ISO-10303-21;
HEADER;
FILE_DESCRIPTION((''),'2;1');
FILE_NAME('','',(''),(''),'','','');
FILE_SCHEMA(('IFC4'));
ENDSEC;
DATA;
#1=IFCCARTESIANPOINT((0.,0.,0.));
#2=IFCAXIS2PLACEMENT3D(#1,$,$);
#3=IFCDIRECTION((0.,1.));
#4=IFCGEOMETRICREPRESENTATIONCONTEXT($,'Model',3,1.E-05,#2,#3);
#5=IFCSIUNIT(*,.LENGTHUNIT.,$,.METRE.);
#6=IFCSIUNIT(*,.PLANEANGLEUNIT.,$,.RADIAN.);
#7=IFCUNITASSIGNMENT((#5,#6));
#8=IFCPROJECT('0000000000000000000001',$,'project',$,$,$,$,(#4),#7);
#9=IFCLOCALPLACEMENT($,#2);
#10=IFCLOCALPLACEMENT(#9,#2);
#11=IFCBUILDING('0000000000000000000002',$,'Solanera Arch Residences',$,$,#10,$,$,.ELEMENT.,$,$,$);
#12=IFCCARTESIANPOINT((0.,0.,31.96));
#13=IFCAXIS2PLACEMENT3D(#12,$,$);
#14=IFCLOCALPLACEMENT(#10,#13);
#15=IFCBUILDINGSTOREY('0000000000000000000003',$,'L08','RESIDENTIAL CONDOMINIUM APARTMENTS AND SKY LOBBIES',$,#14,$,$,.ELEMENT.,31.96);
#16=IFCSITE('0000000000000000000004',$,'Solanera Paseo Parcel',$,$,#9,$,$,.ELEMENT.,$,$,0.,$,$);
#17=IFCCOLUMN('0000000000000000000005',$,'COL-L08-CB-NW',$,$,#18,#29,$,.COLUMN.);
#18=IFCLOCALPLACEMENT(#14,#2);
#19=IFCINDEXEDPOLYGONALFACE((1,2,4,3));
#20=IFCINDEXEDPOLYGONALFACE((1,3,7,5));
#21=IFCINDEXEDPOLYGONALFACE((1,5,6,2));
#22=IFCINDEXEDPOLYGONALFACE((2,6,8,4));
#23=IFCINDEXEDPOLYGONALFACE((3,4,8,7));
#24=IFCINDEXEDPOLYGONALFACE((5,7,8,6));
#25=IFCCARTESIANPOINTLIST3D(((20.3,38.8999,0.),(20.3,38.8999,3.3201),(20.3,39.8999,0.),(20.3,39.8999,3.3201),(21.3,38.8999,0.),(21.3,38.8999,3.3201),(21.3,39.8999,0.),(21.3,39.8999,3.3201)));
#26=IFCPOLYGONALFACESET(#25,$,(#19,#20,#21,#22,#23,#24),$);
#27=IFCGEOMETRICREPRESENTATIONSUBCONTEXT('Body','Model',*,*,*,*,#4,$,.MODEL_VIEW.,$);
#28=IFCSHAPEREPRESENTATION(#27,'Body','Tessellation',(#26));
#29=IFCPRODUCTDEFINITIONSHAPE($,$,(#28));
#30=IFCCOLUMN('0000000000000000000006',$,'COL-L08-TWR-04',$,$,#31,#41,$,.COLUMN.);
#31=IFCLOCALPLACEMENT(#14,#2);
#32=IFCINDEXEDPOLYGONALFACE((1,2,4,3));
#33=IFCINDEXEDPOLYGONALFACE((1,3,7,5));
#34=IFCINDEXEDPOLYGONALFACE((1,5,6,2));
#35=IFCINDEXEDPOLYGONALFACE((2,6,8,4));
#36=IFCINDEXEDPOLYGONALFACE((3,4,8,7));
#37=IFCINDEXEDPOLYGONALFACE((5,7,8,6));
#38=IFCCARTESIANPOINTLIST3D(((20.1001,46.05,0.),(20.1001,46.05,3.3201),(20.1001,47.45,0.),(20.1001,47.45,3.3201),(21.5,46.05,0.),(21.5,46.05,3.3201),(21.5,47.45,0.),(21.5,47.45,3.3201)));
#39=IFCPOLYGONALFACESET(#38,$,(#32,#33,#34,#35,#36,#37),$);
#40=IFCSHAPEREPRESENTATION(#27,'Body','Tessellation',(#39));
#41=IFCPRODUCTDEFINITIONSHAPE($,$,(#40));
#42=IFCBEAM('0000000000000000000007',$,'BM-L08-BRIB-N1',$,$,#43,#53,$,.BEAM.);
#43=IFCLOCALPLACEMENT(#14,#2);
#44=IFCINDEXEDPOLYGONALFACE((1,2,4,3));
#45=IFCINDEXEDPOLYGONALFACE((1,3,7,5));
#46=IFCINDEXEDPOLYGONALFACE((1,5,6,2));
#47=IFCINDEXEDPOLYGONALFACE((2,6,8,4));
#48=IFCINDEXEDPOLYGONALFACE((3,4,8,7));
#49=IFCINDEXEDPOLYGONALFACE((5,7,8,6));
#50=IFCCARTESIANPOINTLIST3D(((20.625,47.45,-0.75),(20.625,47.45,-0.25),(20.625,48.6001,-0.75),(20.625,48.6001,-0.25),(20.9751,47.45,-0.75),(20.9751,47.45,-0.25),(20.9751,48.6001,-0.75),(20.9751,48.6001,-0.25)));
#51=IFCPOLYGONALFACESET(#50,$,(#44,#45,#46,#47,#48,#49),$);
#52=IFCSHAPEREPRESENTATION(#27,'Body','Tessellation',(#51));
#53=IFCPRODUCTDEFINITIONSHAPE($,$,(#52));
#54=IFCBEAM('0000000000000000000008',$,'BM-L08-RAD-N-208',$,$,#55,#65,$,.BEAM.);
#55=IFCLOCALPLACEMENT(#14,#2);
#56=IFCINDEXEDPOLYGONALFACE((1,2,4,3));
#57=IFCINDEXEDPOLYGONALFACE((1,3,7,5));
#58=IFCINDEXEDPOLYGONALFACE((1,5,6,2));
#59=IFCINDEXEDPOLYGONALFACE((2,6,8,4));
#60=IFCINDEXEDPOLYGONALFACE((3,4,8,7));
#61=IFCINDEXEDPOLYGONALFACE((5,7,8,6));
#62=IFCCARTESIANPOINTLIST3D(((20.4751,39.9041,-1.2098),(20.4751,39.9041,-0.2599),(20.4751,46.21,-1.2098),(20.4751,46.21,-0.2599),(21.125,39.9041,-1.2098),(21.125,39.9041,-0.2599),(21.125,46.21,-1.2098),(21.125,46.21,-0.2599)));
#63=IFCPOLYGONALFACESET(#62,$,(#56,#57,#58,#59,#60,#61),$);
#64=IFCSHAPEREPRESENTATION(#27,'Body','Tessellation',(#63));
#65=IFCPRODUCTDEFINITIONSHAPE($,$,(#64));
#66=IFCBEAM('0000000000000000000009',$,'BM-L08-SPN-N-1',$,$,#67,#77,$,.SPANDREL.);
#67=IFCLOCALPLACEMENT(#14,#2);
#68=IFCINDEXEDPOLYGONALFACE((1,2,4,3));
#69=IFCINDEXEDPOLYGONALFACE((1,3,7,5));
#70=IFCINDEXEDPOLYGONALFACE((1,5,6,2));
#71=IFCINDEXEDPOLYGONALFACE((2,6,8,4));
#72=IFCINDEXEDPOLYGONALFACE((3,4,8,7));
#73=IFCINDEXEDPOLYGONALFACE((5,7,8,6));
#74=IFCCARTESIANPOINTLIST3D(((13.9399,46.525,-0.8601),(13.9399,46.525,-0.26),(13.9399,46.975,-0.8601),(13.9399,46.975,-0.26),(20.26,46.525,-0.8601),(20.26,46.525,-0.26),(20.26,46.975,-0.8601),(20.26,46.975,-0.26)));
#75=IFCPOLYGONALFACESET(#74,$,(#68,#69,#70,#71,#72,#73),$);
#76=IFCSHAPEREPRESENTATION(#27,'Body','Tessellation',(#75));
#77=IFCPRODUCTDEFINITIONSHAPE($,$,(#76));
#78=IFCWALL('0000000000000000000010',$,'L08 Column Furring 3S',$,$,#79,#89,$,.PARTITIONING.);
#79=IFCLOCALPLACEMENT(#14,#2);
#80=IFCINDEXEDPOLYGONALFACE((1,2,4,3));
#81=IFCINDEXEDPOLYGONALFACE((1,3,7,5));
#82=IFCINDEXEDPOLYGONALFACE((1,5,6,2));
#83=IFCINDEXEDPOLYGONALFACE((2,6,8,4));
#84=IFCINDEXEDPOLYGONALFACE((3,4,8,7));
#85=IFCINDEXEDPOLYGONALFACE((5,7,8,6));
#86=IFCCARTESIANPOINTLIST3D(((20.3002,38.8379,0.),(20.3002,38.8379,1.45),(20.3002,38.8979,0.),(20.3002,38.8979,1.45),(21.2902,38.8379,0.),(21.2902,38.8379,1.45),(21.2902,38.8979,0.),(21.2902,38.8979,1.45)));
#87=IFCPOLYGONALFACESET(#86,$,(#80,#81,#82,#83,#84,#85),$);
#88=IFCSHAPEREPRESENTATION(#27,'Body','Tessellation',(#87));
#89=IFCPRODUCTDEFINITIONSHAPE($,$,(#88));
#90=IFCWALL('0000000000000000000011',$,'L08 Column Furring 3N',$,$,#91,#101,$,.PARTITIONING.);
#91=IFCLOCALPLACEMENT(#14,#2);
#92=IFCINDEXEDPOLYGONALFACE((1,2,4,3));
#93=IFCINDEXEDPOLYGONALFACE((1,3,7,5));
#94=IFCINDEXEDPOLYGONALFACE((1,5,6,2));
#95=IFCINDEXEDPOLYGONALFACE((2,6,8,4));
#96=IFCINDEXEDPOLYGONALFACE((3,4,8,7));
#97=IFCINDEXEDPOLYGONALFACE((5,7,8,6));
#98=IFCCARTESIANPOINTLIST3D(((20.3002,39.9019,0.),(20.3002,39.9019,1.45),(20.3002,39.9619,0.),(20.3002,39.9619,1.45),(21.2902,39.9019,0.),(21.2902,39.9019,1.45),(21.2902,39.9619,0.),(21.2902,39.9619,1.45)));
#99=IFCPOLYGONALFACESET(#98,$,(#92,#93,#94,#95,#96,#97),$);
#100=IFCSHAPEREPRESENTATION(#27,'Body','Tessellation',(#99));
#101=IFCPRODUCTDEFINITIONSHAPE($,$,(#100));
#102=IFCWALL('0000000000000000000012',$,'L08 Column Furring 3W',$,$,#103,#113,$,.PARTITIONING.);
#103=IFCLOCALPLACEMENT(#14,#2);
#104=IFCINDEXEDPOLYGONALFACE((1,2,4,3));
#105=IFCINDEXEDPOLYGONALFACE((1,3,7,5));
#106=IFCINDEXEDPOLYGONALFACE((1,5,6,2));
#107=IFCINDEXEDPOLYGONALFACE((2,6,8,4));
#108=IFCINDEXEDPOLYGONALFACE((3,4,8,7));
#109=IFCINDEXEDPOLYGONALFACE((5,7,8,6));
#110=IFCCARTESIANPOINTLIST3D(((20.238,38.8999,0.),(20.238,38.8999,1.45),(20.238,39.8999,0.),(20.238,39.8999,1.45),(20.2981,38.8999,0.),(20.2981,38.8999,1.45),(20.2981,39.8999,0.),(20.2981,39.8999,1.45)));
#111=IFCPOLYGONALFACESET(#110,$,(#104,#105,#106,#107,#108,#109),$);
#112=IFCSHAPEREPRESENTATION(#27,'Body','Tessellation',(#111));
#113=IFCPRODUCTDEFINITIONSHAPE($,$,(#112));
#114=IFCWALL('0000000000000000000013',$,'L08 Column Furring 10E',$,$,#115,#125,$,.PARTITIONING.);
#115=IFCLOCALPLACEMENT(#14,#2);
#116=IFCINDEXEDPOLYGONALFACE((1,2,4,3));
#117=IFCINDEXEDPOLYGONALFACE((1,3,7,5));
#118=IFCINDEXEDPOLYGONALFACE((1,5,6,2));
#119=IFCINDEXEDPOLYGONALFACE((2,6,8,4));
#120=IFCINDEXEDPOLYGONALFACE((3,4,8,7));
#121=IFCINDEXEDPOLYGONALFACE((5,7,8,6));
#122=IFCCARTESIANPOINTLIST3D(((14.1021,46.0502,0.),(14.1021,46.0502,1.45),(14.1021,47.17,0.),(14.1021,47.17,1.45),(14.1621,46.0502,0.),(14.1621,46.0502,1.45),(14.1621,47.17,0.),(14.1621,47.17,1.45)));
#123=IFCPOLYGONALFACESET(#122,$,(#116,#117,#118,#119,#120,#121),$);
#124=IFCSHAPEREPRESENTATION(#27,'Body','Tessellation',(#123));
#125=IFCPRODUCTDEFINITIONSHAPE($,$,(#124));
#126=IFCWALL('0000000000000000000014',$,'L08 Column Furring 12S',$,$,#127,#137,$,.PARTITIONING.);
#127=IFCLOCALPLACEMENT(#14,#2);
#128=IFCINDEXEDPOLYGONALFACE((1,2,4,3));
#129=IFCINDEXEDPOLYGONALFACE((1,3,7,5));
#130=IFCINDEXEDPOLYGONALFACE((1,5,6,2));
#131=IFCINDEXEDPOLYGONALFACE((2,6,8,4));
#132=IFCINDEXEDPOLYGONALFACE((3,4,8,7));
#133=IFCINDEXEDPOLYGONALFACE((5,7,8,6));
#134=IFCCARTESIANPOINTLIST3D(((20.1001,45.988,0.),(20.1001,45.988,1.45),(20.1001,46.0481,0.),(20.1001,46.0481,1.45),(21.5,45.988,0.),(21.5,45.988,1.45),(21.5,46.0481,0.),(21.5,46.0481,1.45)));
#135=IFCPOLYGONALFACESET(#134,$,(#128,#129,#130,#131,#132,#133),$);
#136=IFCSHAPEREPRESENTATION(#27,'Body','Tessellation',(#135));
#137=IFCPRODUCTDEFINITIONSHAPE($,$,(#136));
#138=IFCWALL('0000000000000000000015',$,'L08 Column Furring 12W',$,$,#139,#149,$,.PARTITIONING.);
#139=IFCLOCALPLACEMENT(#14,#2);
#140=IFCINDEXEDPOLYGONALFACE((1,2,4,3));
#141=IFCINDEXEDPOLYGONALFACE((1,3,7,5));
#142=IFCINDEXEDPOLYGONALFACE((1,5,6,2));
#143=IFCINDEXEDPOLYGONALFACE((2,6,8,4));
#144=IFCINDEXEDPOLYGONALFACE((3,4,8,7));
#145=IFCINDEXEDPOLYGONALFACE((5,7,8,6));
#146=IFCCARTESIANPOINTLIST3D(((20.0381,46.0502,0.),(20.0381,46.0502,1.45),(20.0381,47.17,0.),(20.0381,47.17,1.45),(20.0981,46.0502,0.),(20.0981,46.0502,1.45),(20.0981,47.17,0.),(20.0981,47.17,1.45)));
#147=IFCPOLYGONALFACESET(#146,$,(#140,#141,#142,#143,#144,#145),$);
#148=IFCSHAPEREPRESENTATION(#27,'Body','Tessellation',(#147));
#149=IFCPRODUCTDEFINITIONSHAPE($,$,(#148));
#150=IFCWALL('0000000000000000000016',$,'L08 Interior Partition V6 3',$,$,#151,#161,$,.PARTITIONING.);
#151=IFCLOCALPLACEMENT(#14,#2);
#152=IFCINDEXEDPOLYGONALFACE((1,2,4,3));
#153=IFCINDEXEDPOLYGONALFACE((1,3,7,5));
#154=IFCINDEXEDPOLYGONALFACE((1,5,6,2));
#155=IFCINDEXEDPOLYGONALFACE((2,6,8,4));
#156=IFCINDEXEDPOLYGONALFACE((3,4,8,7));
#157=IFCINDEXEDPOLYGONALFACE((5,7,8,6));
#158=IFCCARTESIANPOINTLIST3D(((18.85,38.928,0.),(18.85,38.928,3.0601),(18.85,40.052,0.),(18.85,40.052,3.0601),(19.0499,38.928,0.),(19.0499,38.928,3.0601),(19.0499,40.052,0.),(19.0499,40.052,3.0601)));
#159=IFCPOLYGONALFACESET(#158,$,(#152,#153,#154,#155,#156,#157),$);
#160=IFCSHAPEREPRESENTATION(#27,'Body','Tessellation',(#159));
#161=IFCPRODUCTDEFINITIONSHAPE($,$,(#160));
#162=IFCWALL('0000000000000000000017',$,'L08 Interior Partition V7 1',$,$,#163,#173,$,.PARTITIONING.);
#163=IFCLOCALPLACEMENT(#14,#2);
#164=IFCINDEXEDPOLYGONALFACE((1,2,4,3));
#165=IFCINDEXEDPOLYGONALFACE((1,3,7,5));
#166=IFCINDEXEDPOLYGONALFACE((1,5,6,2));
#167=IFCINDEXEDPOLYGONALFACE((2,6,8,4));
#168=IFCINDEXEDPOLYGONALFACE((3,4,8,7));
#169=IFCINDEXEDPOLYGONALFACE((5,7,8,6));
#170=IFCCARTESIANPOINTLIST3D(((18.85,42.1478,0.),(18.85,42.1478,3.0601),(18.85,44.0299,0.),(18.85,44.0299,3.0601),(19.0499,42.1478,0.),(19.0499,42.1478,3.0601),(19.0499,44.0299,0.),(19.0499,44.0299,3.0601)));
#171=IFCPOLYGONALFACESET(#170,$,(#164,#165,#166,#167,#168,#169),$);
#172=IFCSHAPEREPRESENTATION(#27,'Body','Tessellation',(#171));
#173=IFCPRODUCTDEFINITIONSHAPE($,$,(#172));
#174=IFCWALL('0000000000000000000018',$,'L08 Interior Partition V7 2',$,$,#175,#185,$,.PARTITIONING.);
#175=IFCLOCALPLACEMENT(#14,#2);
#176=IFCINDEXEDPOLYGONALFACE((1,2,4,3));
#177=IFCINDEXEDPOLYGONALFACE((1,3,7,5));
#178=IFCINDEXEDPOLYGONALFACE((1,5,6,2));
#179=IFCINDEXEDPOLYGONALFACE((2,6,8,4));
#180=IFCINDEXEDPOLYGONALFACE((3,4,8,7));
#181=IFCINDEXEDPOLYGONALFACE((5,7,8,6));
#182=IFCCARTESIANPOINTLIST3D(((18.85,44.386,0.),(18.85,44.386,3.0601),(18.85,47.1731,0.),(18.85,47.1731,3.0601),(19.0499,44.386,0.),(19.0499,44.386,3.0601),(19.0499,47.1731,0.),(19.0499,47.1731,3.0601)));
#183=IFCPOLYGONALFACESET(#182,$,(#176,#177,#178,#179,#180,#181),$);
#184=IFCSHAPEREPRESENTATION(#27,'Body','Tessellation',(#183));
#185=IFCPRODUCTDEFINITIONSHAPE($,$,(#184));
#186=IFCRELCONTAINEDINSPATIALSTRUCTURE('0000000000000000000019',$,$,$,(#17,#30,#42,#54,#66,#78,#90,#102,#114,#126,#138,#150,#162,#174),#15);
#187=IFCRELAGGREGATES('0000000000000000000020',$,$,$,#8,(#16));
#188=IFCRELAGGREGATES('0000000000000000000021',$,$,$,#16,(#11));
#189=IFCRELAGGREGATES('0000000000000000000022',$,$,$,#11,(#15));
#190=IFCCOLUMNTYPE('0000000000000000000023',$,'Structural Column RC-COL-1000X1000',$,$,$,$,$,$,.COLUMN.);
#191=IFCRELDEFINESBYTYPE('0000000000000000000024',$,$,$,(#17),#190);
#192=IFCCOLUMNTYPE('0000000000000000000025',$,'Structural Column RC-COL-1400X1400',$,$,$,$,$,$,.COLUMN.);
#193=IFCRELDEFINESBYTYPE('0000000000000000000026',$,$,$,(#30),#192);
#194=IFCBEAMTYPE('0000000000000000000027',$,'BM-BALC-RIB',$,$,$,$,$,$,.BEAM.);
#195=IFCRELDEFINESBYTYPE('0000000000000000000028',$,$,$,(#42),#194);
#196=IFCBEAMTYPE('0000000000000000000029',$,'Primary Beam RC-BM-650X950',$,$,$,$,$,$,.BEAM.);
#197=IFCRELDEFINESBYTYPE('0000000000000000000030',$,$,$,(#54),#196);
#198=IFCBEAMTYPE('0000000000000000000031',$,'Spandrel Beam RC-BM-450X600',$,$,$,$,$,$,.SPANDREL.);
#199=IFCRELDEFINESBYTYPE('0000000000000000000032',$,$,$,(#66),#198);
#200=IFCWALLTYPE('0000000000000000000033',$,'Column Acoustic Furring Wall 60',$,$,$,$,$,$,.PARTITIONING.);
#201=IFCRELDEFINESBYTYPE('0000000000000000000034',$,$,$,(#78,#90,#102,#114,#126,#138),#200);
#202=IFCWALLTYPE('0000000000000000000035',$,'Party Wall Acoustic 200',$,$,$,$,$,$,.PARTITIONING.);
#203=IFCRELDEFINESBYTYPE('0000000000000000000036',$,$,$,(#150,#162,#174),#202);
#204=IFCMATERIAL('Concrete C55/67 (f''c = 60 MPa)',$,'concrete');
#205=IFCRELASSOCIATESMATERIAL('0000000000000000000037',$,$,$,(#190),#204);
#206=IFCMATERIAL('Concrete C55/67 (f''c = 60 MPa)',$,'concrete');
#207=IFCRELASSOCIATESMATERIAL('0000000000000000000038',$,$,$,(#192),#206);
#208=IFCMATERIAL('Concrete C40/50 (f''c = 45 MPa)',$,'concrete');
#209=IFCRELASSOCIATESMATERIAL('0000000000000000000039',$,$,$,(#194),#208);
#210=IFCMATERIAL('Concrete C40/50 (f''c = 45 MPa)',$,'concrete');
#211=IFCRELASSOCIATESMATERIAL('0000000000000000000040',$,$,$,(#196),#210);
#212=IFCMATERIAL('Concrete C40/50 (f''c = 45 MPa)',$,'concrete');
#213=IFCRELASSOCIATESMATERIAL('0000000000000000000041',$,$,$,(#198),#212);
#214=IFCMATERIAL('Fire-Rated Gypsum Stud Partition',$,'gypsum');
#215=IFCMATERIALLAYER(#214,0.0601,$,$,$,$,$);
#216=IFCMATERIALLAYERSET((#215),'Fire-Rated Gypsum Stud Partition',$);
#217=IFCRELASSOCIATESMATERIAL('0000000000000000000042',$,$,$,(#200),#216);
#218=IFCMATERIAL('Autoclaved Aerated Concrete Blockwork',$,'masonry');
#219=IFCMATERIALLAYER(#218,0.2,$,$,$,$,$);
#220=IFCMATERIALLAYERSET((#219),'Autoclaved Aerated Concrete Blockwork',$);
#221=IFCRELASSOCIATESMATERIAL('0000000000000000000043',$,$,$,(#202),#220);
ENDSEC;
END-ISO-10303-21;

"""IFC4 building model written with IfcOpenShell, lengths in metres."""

from ifc_helpers import new_model, si_unit, direction, frame, frame_2d, origin, origin_2d, place, context, subcontext, project, spatial, rectangle, extrude, material, layer, layer_set, material_profile, profile_set, type_object, element, save


model = new_model("IFC4")

# Units and contexts
model_context = context("Model", 3, precision=1e-05, world=origin(), true_north=direction((0.0, 1.0)))
body_context = subcontext(model_context, "Body", "Model", "MODEL_VIEW")
ifc_project = project(units=[si_unit("LENGTHUNIT", "METRE"), si_unit("PLANEANGLEUNIT", "RADIAN")], contexts=[model_context])

# Site, building, storey
site_placement = place(None, origin())
site = spatial("IfcSite", under=ifc_project, at=site_placement, Name="Solanera Paseo Parcel", CompositionType="ELEMENT", RefElevation=0.0)
building_placement = place(site_placement, origin())
building = spatial("IfcBuilding", under=site, at=building_placement, Name="Solanera Arch Residences", CompositionType="ELEMENT")
storey_placement = place(building_placement, frame((0.0, 0.0, 31.96)))
storey = spatial("IfcBuildingStorey", under=building, at=storey_placement, Name="L08", Description="RESIDENTIAL CONDOMINIUM APARTMENTS AND SKY LOBBIES", CompositionType="ELEMENT", Elevation=31.96)

# Columns
ifc_material_1 = material(Name="Concrete C55/67 (f'c = 60 MPa)", Category="concrete")
ifc_material_profile_1 = material_profile(ifc_material_1, rectangle(XDim=1.0, YDim=1.0, at=origin_2d()))
ifc_profile_set_1 = profile_set([ifc_material_profile_1], Name="Concrete C55/67 (f'c = 60 MPa)")
column_type_1 = type_object("IfcColumnType", Name="Structural Column RC-COL-1000X1000", PredefinedType="COLUMN", material=ifc_profile_set_1)
column_1_placement = place(storey_placement, frame((20.8, 39.3999, 0.0), z_axis=(0.0, 0.0, 1.0), x_axis=(1.0, 0.0, 0.0)))
element("IfcColumn", 1, at=column_1_placement, inside=storey, type_object=column_type_1, Name="COL-L08-CB-NW", PredefinedType="COLUMN", context=body_context, shape_type="SweptSolid", body=[
    extrude(rectangle(XDim=1.0, YDim=1.0, at=origin_2d()), origin(), (0.0, 0.0, 1.0), 3.3201),
])
ifc_material_2 = material(Name="Concrete C55/67 (f'c = 60 MPa)", Category="concrete")
ifc_material_profile_2 = material_profile(ifc_material_2, rectangle(XDim=1.3999, YDim=1.3999, at=origin_2d()))
ifc_profile_set_2 = profile_set([ifc_material_profile_2], Name="Concrete C55/67 (f'c = 60 MPa)")
column_type_2 = type_object("IfcColumnType", Name="Structural Column RC-COL-1400X1400", PredefinedType="COLUMN", material=ifc_profile_set_2)
column_2_placement = place(storey_placement, frame((20.8, 46.75, 0.0), z_axis=(0.0, 0.0, 1.0), x_axis=(1.0, 0.0, 0.0)))
element("IfcColumn", 2, at=column_2_placement, inside=storey, type_object=column_type_2, Name="COL-L08-TWR-04", PredefinedType="COLUMN", context=body_context, shape_type="SweptSolid", body=[
    extrude(rectangle(XDim=1.3999, YDim=1.3999, at=origin_2d()), origin(), (0.0, 0.0, 1.0), 3.3201),
])

# Beams
ifc_material_3 = material(Name="Concrete C40/50 (f'c = 45 MPa)", Category="concrete")
ifc_material_profile_3 = material_profile(ifc_material_3, rectangle(XDim=0.3501, YDim=0.5, at=origin_2d()))
ifc_profile_set_3 = profile_set([ifc_material_profile_3], Name="Concrete C40/50 (f'c = 45 MPa)")
beam_type_1 = type_object("IfcBeamType", Name="BM-BALC-RIB", PredefinedType="BEAM", material=ifc_profile_set_3)
beam_1_placement = place(storey_placement, frame((20.8, 47.45, -0.5), z_axis=(0.0, 1.0, 0.0), x_axis=(-1.0, 0.0, 0.0)))
element("IfcBeam", 3, at=beam_1_placement, inside=storey, type_object=beam_type_1, Name="BM-L08-BRIB-N1", PredefinedType="BEAM", context=body_context, shape_type="SweptSolid", body=[
    extrude(rectangle(XDim=0.3501, YDim=0.5, at=origin_2d()), origin(), (0.0, 0.0, 1.0), 1.1501),
])
ifc_material_4 = material(Name="Concrete C40/50 (f'c = 45 MPa)", Category="concrete")
ifc_material_profile_4 = material_profile(ifc_material_4, rectangle(XDim=0.6499, YDim=0.95, at=origin_2d()))
ifc_profile_set_4 = profile_set([ifc_material_profile_4], Name="Concrete C40/50 (f'c = 45 MPa)")
beam_type_2 = type_object("IfcBeamType", Name="Primary Beam RC-BM-650X950", PredefinedType="BEAM", material=ifc_profile_set_4)
beam_2_placement = place(storey_placement, frame((20.8, 39.9041, -0.7349), z_axis=(0.0, 1.0, 0.0), x_axis=(-1.0, 0.0, 0.0)))
element("IfcBeam", 4, at=beam_2_placement, inside=storey, type_object=beam_type_2, Name="BM-L08-RAD-N-208", PredefinedType="BEAM", context=body_context, shape_type="SweptSolid", body=[
    extrude(rectangle(XDim=0.6499, YDim=0.95, at=origin_2d()), origin(), (0.0, 0.0, 1.0), 6.3059),
])
ifc_material_5 = material(Name="Concrete C40/50 (f'c = 45 MPa)", Category="concrete")
ifc_material_profile_5 = material_profile(ifc_material_5, rectangle(XDim=0.45, YDim=0.6001, at=origin_2d()))
ifc_profile_set_5 = profile_set([ifc_material_profile_5], Name="Concrete C40/50 (f'c = 45 MPa)")
beam_type_3 = type_object("IfcBeamType", Name="Spandrel Beam RC-BM-450X600", PredefinedType="SPANDREL", material=ifc_profile_set_5)
beam_3_placement = place(storey_placement, frame((13.9399, 46.75, -0.5601), z_axis=(1.0, 0.0, 0.0), x_axis=(0.0, 1.0, 0.0)))
element("IfcBeam", 5, at=beam_3_placement, inside=storey, type_object=beam_type_3, Name="BM-L08-SPN-N-1", PredefinedType="SPANDREL", context=body_context, shape_type="SweptSolid", body=[
    extrude(rectangle(XDim=0.45, YDim=0.6001, at=origin_2d()), origin(), (0.0, 0.0, 1.0), 6.3201),
])

# Walls
ifc_material_6 = material(Name="Fire-Rated Gypsum Stud Partition", Category="gypsum")
ifc_layer_1 = layer(ifc_material_6, 0.0601)
ifc_layer_set_1 = layer_set([ifc_layer_1], Name="Fire-Rated Gypsum Stud Partition")
wall_type_1 = type_object("IfcWallType", Name="Column Acoustic Furring Wall 60", PredefinedType="PARTITIONING", material=ifc_layer_set_1)
for number, where, z_axis, x_axis, name in (
    (6, (20.3, 38.8679, 0.0), (0.0, 0.0, 1.0), (1.0, 0.0, 0.0), "L08 Column Furring 3S"),
    (7, (20.3, 39.9319, 0.0), (0.0, 0.0, 1.0), (1.0, 0.0, 0.0), "L08 Column Furring 3N"),
):
    element("IfcWall", number, at=place(storey_placement, frame(where, z_axis=z_axis, x_axis=x_axis)), inside=storey, type_object=wall_type_1, Name=name, PredefinedType="PARTITIONING", context=body_context, shape_type="SweptSolid", body=[
        extrude(rectangle(XDim=0.99, YDim=0.0601, at=frame_2d((0.4951, 0.0))), origin(), (0.0, 0.0, 1.0), 1.45),
    ])
wall_1_placement = place(storey_placement, frame((20.2681, 38.8999, 0.0), z_axis=(0.0, 0.0, 1.0), x_axis=(0.0, 1.0, 0.0)))
element("IfcWall", 8, at=wall_1_placement, inside=storey, type_object=wall_type_1, Name="L08 Column Furring 3W", PredefinedType="PARTITIONING", context=body_context, shape_type="SweptSolid", body=[
    extrude(rectangle(XDim=1.0, YDim=0.0601, at=frame_2d((0.5, 0.0))), origin(), (0.0, 0.0, 1.0), 1.45),
])
wall_2_placement = place(storey_placement, frame((14.1321, 46.05, 0.0), z_axis=(0.0, 0.0, 1.0), x_axis=(0.0, 1.0, 0.0)))
element("IfcWall", 9, at=wall_2_placement, inside=storey, type_object=wall_type_1, Name="L08 Column Furring 10E", PredefinedType="PARTITIONING", context=body_context, shape_type="SweptSolid", body=[
    extrude(rectangle(XDim=1.1199, YDim=0.0601, at=frame_2d((0.5601, 0.0))), origin(), (0.0, 0.0, 1.0), 1.45),
])
wall_3_placement = place(storey_placement, frame((20.1001, 46.0181, 0.0), z_axis=(0.0, 0.0, 1.0), x_axis=(1.0, 0.0, 0.0)))
element("IfcWall", 10, at=wall_3_placement, inside=storey, type_object=wall_type_1, Name="L08 Column Furring 12S", PredefinedType="PARTITIONING", context=body_context, shape_type="SweptSolid", body=[
    extrude(rectangle(XDim=1.3999, YDim=0.0601, at=frame_2d((0.7, 0.0))), origin(), (0.0, 0.0, 1.0), 1.45),
])
wall_4_placement = place(storey_placement, frame((20.0681, 46.05, 0.0), z_axis=(0.0, 0.0, 1.0), x_axis=(0.0, 1.0, 0.0)))
element("IfcWall", 11, at=wall_4_placement, inside=storey, type_object=wall_type_1, Name="L08 Column Furring 12W", PredefinedType="PARTITIONING", context=body_context, shape_type="SweptSolid", body=[
    extrude(rectangle(XDim=1.1199, YDim=0.0601, at=frame_2d((0.5601, 0.0))), origin(), (0.0, 0.0, 1.0), 1.45),
])
ifc_material_7 = material(Name="Autoclaved Aerated Concrete Blockwork", Category="masonry")
ifc_layer_2 = layer(ifc_material_7, 0.2)
ifc_layer_set_2 = layer_set([ifc_layer_2], Name="Autoclaved Aerated Concrete Blockwork")
wall_type_2 = type_object("IfcWallType", Name="Party Wall Acoustic 200", PredefinedType="PARTITIONING", material=ifc_layer_set_2)
wall_5_placement = place(storey_placement, frame((18.95, 38.928, 0.0), z_axis=(0.0, 0.0, 1.0), x_axis=(0.0, 1.0, 0.0)))
element("IfcWall", 12, at=wall_5_placement, inside=storey, type_object=wall_type_2, Name="L08 Interior Partition V6 3", PredefinedType="PARTITIONING", context=body_context, shape_type="SweptSolid", body=[
    extrude(rectangle(XDim=1.124, YDim=0.2, at=frame_2d((0.562, 0.0))), origin(), (0.0, 0.0, 1.0), 3.0601),
])
wall_6_placement = place(storey_placement, frame((18.95, 42.1479, 0.0), z_axis=(0.0, 0.0, 1.0), x_axis=(0.0, 1.0, 0.0)))
element("IfcWall", 13, at=wall_6_placement, inside=storey, type_object=wall_type_2, Name="L08 Interior Partition V7 1", PredefinedType="PARTITIONING", context=body_context, shape_type="SweptSolid", body=[
    extrude(rectangle(XDim=1.8821, YDim=0.2, at=frame_2d((0.9409, 0.0))), origin(), (0.0, 0.0, 1.0), 3.0601),
])
wall_7_placement = place(storey_placement, frame((18.95, 44.386, 0.0), z_axis=(0.0, 0.0, 1.0), x_axis=(0.0, 1.0, 0.0)))
element("IfcWall", 14, at=wall_7_placement, inside=storey, type_object=wall_type_2, Name="L08 Interior Partition V7 2", PredefinedType="PARTITIONING", context=body_context, shape_type="SweptSolid", body=[
    extrude(rectangle(XDim=2.7871, YDim=0.2, at=frame_2d((1.3936, 0.0))), origin(), (0.0, 0.0, 1.0), 3.0601),
])

save(model, "model.ifc")
